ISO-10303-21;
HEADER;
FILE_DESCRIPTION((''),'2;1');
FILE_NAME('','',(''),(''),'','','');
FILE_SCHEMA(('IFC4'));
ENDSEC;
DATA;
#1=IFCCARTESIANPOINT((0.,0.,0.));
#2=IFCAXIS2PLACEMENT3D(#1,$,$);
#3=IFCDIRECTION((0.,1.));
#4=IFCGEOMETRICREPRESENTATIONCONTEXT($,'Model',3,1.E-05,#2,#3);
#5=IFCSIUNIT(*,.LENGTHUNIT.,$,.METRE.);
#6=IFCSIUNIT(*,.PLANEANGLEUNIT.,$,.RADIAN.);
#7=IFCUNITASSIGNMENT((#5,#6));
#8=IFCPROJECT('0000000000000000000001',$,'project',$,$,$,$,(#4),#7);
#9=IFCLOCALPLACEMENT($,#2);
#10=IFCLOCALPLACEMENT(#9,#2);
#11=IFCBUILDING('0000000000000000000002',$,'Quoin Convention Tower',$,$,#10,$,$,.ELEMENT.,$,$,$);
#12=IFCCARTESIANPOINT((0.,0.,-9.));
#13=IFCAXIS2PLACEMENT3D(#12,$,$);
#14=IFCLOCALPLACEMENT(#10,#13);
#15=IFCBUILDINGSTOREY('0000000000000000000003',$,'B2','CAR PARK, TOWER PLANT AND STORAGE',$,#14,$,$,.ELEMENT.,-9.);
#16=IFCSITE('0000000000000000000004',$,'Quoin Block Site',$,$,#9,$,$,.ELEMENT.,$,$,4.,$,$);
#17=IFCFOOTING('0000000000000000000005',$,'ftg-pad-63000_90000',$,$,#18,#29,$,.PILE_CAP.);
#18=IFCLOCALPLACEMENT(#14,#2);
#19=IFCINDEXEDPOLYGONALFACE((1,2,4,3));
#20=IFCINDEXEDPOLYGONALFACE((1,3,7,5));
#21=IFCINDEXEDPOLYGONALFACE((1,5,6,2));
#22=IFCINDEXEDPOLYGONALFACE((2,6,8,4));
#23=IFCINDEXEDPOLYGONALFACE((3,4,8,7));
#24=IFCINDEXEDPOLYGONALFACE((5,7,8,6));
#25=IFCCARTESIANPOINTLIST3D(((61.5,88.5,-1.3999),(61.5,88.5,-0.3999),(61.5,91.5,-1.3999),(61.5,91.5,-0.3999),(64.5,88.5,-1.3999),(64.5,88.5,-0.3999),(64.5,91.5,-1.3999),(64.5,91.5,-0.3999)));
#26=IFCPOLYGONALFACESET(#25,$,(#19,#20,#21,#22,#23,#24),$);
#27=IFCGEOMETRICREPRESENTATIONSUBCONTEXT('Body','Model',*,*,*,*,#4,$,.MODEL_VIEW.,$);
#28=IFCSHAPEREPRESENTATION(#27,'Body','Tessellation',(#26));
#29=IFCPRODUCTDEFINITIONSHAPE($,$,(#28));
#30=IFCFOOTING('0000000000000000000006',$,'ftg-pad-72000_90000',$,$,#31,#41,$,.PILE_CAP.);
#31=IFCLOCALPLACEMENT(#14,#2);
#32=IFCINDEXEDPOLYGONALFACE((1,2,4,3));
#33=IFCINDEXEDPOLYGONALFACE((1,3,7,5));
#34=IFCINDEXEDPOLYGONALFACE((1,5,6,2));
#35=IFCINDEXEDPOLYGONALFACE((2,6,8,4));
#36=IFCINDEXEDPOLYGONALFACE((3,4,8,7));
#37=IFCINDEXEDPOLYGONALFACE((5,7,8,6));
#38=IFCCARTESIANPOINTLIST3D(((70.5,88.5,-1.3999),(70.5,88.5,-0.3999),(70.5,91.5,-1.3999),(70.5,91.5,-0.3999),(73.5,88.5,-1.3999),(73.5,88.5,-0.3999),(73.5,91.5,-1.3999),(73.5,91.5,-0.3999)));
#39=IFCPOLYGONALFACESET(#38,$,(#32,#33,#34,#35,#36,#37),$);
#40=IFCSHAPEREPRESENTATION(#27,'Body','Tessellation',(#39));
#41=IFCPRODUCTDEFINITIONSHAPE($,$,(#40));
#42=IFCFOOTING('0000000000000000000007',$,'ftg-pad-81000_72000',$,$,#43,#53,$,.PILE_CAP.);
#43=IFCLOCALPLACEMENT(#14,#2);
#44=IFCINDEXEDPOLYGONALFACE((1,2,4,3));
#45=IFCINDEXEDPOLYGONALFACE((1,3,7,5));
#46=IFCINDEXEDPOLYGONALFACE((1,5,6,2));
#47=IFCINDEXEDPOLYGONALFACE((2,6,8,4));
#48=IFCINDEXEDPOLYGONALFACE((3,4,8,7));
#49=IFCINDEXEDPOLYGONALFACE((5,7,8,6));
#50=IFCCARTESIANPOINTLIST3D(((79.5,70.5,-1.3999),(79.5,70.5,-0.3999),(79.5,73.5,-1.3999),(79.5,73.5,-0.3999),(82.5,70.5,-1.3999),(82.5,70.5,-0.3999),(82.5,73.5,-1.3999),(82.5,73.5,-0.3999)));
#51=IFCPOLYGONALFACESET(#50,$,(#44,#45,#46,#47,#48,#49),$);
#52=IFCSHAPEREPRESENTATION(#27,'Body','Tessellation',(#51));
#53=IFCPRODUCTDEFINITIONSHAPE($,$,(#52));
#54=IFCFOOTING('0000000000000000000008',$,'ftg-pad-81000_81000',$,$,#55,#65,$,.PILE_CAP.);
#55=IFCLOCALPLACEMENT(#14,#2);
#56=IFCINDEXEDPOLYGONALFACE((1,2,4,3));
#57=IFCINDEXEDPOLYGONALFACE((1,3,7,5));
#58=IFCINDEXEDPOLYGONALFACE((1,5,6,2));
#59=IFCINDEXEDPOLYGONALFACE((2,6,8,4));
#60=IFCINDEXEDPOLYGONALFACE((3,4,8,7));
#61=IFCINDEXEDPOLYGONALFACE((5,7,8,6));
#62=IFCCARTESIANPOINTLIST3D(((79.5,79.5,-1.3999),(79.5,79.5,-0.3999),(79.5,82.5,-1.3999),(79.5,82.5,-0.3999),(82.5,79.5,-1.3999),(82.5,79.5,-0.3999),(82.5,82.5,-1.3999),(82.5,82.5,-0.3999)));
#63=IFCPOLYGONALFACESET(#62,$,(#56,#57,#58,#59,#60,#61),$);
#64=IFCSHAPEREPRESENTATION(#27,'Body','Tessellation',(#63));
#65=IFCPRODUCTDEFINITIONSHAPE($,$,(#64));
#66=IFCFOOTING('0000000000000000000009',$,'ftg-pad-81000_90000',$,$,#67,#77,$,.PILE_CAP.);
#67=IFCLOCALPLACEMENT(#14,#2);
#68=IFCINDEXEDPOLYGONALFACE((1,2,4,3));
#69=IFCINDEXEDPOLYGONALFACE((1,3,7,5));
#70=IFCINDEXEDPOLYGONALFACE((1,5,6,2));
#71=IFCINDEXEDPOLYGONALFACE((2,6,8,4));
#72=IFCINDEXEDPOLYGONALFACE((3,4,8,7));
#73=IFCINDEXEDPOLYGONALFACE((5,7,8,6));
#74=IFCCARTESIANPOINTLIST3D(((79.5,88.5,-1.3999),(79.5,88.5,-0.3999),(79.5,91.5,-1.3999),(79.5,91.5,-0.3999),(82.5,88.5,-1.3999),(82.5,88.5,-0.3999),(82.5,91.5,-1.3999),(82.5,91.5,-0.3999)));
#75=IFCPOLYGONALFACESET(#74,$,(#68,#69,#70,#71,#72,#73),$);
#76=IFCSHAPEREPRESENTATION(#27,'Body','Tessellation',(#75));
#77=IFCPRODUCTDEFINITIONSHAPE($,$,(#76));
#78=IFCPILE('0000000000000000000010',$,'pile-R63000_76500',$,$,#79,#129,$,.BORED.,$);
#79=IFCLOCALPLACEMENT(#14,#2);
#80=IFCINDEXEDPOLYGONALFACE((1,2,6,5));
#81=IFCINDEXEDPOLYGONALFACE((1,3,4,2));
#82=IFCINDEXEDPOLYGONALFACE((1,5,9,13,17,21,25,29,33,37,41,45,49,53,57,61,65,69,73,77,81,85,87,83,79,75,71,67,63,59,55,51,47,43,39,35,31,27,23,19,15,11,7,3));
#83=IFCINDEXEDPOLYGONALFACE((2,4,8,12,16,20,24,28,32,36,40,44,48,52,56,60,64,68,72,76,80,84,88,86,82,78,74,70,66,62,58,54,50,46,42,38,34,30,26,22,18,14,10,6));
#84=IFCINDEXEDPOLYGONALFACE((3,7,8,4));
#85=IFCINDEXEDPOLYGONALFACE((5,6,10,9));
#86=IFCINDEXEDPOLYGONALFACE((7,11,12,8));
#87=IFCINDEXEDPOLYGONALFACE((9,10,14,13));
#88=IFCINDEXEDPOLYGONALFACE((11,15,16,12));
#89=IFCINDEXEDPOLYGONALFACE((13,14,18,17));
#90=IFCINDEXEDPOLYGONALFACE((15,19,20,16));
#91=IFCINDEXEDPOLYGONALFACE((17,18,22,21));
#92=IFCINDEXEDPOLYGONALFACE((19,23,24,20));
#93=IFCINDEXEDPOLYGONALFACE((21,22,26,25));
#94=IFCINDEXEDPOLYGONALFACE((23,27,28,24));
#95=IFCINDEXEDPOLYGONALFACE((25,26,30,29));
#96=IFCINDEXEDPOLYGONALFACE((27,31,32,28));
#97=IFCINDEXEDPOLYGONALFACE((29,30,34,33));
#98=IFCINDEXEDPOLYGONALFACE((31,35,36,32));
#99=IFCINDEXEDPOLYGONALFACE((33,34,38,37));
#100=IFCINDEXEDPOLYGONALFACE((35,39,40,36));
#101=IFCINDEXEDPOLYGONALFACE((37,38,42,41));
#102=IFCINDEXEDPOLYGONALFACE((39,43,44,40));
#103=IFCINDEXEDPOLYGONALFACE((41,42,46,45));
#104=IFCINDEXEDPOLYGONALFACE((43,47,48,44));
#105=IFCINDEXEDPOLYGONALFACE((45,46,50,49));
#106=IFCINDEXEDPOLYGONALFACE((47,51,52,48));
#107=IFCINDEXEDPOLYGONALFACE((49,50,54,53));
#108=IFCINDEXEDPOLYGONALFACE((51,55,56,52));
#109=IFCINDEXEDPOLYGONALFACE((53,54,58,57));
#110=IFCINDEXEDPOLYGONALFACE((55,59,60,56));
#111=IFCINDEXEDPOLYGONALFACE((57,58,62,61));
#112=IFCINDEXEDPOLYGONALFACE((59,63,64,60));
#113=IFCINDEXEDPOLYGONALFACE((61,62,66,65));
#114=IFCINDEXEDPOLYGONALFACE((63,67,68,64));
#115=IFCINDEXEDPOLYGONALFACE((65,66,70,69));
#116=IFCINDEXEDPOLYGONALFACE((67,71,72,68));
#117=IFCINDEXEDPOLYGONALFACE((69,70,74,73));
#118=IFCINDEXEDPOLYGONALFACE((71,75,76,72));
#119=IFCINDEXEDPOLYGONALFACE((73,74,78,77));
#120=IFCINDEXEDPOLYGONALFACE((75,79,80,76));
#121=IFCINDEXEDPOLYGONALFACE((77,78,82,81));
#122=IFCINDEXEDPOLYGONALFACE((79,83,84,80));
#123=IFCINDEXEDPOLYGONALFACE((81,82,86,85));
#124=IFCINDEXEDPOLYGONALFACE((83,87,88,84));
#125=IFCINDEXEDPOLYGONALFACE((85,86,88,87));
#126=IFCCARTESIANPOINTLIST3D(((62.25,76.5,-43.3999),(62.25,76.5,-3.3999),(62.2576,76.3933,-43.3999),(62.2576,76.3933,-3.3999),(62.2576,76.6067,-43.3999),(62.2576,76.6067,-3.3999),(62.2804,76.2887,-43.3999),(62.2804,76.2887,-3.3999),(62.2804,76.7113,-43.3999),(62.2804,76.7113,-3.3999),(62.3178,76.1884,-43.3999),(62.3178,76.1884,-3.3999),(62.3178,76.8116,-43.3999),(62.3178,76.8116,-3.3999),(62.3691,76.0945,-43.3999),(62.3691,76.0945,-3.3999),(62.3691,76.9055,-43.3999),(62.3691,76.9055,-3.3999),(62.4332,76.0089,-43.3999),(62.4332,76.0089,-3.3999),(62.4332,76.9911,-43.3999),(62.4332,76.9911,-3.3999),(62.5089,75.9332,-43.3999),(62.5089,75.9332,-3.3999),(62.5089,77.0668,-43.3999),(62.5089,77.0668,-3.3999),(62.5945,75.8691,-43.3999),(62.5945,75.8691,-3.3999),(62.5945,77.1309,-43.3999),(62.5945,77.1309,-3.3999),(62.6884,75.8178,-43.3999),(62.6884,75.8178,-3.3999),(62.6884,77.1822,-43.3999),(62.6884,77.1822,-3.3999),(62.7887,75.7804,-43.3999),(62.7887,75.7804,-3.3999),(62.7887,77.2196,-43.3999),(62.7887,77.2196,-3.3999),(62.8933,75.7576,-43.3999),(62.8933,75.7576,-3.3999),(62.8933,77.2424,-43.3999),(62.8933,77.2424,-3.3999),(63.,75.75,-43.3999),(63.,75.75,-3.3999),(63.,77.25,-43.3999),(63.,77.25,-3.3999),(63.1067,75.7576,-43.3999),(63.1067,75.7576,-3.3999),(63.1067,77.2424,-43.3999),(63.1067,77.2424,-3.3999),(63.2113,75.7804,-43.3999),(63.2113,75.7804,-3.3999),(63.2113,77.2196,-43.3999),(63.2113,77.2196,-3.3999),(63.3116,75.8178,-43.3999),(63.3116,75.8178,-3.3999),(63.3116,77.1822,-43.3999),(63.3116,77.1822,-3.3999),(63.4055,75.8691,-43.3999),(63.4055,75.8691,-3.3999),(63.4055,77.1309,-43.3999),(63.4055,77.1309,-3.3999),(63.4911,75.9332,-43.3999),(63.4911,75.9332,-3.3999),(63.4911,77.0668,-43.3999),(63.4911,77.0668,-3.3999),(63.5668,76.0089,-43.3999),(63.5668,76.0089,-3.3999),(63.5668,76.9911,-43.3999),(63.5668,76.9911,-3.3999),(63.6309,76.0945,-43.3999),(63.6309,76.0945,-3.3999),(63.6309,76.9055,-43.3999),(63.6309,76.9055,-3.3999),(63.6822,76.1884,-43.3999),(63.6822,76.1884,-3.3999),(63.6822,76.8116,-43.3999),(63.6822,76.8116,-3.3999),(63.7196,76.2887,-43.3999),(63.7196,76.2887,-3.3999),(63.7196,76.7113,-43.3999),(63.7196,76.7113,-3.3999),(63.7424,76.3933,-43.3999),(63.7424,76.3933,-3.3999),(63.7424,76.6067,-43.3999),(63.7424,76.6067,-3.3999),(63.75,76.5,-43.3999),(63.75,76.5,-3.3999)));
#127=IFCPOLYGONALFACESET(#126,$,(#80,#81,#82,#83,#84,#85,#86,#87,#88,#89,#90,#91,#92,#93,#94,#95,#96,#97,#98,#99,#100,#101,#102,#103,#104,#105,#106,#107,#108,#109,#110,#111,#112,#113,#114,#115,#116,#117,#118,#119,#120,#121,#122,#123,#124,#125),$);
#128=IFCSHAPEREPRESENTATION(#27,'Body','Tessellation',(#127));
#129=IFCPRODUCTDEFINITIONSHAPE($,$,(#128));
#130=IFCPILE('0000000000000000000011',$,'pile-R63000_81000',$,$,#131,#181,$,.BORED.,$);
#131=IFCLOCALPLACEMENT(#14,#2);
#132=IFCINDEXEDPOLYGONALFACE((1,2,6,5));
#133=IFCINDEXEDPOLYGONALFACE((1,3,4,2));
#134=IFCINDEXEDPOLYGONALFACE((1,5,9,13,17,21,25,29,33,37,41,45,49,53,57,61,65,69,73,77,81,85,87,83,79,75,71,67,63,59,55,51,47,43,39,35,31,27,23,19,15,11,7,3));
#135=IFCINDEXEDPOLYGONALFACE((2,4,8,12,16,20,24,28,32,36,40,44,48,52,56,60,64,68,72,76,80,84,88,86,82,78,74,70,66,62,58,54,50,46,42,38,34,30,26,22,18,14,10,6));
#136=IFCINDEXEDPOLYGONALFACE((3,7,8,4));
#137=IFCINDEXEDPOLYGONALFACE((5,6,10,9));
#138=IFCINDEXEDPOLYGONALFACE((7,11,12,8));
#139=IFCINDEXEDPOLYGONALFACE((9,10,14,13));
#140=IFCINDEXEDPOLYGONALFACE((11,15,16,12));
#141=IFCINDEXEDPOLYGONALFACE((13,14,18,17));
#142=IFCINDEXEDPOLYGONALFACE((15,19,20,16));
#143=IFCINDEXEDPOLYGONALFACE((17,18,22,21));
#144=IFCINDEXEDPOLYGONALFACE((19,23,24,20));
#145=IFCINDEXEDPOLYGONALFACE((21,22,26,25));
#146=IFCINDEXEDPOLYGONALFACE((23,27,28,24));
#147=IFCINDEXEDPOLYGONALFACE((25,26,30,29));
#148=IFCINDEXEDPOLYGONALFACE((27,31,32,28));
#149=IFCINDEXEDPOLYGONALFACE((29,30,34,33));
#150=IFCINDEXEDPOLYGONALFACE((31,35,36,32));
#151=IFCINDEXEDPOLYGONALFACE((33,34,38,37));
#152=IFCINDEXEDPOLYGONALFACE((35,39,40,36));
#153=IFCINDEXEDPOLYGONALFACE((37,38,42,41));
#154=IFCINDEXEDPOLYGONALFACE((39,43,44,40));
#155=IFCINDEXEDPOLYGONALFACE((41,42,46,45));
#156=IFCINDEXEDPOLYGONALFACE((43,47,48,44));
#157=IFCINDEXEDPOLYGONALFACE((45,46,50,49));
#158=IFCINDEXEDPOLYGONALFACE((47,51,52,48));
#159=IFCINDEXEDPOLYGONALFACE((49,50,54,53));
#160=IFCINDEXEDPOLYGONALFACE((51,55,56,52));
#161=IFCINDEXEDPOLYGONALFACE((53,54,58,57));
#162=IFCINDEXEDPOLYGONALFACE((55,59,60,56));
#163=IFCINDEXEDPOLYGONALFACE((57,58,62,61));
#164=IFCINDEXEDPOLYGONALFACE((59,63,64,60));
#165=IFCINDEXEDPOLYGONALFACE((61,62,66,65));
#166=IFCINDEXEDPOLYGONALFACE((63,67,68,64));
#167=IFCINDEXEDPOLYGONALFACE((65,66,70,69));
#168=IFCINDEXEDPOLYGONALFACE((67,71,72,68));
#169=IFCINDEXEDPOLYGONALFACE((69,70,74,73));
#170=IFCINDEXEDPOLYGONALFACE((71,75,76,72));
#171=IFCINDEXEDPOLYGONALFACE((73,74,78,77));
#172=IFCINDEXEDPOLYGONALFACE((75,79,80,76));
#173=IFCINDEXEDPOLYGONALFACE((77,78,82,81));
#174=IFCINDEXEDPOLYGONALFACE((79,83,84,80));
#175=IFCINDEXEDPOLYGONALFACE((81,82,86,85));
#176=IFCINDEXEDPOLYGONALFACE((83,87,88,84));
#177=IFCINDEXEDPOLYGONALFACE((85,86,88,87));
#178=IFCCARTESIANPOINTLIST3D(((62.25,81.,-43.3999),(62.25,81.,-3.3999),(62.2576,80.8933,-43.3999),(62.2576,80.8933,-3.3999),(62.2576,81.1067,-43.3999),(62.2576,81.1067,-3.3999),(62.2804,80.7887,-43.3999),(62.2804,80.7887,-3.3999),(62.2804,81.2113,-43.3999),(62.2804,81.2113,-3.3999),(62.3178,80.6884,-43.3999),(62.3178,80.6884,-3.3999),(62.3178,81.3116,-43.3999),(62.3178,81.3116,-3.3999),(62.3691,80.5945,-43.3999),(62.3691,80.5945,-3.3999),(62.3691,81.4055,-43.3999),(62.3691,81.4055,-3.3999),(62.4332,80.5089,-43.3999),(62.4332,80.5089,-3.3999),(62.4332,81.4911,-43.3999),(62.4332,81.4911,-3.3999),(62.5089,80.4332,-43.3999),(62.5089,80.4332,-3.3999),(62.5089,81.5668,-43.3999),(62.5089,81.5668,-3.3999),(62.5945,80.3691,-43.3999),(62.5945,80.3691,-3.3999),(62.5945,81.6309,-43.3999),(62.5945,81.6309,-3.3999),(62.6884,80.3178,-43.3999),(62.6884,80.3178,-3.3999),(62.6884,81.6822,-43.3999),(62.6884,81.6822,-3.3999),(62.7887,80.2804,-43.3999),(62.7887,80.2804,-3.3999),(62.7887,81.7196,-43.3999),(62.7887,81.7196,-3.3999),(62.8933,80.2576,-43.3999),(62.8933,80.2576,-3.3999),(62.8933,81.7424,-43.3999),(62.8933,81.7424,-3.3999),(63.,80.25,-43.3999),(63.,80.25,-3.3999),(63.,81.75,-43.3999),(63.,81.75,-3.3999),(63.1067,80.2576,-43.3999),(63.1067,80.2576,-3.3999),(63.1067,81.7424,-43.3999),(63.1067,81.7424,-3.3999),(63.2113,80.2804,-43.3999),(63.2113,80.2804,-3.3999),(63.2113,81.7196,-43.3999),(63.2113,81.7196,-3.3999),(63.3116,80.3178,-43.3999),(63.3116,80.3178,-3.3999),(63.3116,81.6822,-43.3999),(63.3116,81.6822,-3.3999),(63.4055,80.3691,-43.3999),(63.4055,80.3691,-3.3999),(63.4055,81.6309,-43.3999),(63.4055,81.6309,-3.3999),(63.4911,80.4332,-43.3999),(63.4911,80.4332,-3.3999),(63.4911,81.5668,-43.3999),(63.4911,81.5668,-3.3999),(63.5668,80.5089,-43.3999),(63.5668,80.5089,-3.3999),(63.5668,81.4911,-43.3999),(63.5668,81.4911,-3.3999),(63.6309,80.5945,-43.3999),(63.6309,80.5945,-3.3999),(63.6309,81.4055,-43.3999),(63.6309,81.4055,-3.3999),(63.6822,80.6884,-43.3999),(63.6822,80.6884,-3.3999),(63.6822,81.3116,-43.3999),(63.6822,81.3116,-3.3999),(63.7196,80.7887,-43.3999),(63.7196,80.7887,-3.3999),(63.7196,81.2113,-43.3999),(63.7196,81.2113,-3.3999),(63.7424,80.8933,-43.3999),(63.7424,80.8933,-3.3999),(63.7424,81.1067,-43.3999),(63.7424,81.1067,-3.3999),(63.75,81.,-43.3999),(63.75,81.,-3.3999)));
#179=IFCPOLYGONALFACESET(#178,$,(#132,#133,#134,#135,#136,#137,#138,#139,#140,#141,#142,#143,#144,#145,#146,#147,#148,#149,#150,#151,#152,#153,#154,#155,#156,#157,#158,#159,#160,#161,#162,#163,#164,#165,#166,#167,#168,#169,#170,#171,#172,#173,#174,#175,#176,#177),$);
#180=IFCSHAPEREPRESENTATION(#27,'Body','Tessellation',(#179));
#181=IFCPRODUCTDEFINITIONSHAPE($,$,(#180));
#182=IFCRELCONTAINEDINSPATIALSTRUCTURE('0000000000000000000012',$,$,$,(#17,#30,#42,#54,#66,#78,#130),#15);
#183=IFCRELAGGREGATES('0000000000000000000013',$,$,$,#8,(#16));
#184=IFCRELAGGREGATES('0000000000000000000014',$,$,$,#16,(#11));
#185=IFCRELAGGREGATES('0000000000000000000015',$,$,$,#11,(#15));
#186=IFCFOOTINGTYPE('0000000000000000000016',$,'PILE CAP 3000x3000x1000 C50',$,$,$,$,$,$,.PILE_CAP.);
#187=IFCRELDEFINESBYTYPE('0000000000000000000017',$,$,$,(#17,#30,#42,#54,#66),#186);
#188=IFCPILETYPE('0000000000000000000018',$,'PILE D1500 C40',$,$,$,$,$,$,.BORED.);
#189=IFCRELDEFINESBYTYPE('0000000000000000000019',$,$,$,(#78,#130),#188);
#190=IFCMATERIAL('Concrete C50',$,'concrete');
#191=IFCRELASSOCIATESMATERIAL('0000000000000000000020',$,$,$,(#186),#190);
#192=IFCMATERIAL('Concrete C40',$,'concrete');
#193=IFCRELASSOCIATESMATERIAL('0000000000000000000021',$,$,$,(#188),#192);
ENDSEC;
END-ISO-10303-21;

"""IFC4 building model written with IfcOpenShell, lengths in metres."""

from ifc_helpers import new_model, si_unit, direction, frame, origin, origin_2d, place, context, subcontext, project, spatial, rectangle, circle, extrude, material, material_profile, profile_set, type_object, element, save


model = new_model("IFC4")

# Units and contexts
model_context = context("Model", 3, precision=1e-05, world=origin(), true_north=direction((0.0, 1.0)))
body_context = subcontext(model_context, "Body", "Model", "MODEL_VIEW")
ifc_project = project(units=[si_unit("LENGTHUNIT", "METRE"), si_unit("PLANEANGLEUNIT", "RADIAN")], contexts=[model_context])

# Site, building, storey
site_placement = place(None, origin())
site = spatial("IfcSite", under=ifc_project, at=site_placement, Name="Quoin Block Site", CompositionType="ELEMENT", RefElevation=4.0)
building_placement = place(site_placement, origin())
building = spatial("IfcBuilding", under=site, at=building_placement, Name="Quoin Convention Tower", CompositionType="ELEMENT")
storey_placement = place(building_placement, frame((0.0, 0.0, -9.0)))
storey = spatial("IfcBuildingStorey", under=building, at=storey_placement, Name="B2", Description="CAR PARK, TOWER PLANT AND STORAGE", CompositionType="ELEMENT", Elevation=-9.0)

# Footings
ifc_material_1 = material(Name="Concrete C50", Category="concrete")
footing_type = type_object("IfcFootingType", Name="PILE CAP 3000x3000x1000 C50", PredefinedType="PILE_CAP", material=ifc_material_1)
for number, where, z_axis, x_axis, name in (
    (1, (63.0, 90.0, -1.3999), (0.0, 0.0, 1.0), (1.0, 0.0, 0.0), "ftg-pad-63000_90000"),
    (2, (72.0, 90.0, -1.3999), (0.0, 0.0, 1.0), (1.0, 0.0, 0.0), "ftg-pad-72000_90000"),
    (3, (81.0, 72.0, -1.3999), (0.0, 0.0, 1.0), (1.0, 0.0, 0.0), "ftg-pad-81000_72000"),
    (4, (81.0, 81.0, -1.3999), (0.0, 0.0, 1.0), (1.0, 0.0, 0.0), "ftg-pad-81000_81000"),
    (5, (81.0, 90.0, -1.3999), (0.0, 0.0, 1.0), (1.0, 0.0, 0.0), "ftg-pad-81000_90000"),
):
    element("IfcFooting", number, at=place(storey_placement, frame(where, z_axis=z_axis, x_axis=x_axis)), inside=storey, type_object=footing_type, Name=name, PredefinedType="PILE_CAP", context=body_context, shape_type="SweptSolid", body=[
        extrude(rectangle(XDim=3.0, YDim=3.0, at=origin_2d()), origin(), (0.0, 0.0, 1.0), 1.0),
    ])

# Piles
ifc_material_2 = material(Name="Concrete C40", Category="concrete")
ifc_material_profile_1 = material_profile(ifc_material_2, circle(Radius=0.75, at=origin_2d()), Name="D1500")
ifc_profile_set_1 = profile_set([ifc_material_profile_1], Name="Concrete C40")
pile_type = type_object("IfcPileType", Name="PILE D1500 C40", PredefinedType="BORED", material=ifc_profile_set_1)
for number, where, z_axis, x_axis, name in (
    (6, (63.0, 76.5, -3.3999), (0.0, 0.0, -1.0), (1.0, 0.0, 0.0), "pile-R63000_76500"),
    (7, (63.0, 81.0, -3.3999), (0.0, 0.0, -1.0), (1.0, 0.0, 0.0), "pile-R63000_81000"),
):
    element("IfcPile", number, at=place(storey_placement, frame(where, z_axis=z_axis, x_axis=x_axis)), inside=storey, type_object=pile_type, Name=name, PredefinedType="BORED", context=body_context, shape_type="SweptSolid", body=[
        extrude(circle(Radius=0.75, at=origin_2d()), origin(), (0.0, 0.0, 1.0), 40.0),
    ])

save(model, "model.ifc")
